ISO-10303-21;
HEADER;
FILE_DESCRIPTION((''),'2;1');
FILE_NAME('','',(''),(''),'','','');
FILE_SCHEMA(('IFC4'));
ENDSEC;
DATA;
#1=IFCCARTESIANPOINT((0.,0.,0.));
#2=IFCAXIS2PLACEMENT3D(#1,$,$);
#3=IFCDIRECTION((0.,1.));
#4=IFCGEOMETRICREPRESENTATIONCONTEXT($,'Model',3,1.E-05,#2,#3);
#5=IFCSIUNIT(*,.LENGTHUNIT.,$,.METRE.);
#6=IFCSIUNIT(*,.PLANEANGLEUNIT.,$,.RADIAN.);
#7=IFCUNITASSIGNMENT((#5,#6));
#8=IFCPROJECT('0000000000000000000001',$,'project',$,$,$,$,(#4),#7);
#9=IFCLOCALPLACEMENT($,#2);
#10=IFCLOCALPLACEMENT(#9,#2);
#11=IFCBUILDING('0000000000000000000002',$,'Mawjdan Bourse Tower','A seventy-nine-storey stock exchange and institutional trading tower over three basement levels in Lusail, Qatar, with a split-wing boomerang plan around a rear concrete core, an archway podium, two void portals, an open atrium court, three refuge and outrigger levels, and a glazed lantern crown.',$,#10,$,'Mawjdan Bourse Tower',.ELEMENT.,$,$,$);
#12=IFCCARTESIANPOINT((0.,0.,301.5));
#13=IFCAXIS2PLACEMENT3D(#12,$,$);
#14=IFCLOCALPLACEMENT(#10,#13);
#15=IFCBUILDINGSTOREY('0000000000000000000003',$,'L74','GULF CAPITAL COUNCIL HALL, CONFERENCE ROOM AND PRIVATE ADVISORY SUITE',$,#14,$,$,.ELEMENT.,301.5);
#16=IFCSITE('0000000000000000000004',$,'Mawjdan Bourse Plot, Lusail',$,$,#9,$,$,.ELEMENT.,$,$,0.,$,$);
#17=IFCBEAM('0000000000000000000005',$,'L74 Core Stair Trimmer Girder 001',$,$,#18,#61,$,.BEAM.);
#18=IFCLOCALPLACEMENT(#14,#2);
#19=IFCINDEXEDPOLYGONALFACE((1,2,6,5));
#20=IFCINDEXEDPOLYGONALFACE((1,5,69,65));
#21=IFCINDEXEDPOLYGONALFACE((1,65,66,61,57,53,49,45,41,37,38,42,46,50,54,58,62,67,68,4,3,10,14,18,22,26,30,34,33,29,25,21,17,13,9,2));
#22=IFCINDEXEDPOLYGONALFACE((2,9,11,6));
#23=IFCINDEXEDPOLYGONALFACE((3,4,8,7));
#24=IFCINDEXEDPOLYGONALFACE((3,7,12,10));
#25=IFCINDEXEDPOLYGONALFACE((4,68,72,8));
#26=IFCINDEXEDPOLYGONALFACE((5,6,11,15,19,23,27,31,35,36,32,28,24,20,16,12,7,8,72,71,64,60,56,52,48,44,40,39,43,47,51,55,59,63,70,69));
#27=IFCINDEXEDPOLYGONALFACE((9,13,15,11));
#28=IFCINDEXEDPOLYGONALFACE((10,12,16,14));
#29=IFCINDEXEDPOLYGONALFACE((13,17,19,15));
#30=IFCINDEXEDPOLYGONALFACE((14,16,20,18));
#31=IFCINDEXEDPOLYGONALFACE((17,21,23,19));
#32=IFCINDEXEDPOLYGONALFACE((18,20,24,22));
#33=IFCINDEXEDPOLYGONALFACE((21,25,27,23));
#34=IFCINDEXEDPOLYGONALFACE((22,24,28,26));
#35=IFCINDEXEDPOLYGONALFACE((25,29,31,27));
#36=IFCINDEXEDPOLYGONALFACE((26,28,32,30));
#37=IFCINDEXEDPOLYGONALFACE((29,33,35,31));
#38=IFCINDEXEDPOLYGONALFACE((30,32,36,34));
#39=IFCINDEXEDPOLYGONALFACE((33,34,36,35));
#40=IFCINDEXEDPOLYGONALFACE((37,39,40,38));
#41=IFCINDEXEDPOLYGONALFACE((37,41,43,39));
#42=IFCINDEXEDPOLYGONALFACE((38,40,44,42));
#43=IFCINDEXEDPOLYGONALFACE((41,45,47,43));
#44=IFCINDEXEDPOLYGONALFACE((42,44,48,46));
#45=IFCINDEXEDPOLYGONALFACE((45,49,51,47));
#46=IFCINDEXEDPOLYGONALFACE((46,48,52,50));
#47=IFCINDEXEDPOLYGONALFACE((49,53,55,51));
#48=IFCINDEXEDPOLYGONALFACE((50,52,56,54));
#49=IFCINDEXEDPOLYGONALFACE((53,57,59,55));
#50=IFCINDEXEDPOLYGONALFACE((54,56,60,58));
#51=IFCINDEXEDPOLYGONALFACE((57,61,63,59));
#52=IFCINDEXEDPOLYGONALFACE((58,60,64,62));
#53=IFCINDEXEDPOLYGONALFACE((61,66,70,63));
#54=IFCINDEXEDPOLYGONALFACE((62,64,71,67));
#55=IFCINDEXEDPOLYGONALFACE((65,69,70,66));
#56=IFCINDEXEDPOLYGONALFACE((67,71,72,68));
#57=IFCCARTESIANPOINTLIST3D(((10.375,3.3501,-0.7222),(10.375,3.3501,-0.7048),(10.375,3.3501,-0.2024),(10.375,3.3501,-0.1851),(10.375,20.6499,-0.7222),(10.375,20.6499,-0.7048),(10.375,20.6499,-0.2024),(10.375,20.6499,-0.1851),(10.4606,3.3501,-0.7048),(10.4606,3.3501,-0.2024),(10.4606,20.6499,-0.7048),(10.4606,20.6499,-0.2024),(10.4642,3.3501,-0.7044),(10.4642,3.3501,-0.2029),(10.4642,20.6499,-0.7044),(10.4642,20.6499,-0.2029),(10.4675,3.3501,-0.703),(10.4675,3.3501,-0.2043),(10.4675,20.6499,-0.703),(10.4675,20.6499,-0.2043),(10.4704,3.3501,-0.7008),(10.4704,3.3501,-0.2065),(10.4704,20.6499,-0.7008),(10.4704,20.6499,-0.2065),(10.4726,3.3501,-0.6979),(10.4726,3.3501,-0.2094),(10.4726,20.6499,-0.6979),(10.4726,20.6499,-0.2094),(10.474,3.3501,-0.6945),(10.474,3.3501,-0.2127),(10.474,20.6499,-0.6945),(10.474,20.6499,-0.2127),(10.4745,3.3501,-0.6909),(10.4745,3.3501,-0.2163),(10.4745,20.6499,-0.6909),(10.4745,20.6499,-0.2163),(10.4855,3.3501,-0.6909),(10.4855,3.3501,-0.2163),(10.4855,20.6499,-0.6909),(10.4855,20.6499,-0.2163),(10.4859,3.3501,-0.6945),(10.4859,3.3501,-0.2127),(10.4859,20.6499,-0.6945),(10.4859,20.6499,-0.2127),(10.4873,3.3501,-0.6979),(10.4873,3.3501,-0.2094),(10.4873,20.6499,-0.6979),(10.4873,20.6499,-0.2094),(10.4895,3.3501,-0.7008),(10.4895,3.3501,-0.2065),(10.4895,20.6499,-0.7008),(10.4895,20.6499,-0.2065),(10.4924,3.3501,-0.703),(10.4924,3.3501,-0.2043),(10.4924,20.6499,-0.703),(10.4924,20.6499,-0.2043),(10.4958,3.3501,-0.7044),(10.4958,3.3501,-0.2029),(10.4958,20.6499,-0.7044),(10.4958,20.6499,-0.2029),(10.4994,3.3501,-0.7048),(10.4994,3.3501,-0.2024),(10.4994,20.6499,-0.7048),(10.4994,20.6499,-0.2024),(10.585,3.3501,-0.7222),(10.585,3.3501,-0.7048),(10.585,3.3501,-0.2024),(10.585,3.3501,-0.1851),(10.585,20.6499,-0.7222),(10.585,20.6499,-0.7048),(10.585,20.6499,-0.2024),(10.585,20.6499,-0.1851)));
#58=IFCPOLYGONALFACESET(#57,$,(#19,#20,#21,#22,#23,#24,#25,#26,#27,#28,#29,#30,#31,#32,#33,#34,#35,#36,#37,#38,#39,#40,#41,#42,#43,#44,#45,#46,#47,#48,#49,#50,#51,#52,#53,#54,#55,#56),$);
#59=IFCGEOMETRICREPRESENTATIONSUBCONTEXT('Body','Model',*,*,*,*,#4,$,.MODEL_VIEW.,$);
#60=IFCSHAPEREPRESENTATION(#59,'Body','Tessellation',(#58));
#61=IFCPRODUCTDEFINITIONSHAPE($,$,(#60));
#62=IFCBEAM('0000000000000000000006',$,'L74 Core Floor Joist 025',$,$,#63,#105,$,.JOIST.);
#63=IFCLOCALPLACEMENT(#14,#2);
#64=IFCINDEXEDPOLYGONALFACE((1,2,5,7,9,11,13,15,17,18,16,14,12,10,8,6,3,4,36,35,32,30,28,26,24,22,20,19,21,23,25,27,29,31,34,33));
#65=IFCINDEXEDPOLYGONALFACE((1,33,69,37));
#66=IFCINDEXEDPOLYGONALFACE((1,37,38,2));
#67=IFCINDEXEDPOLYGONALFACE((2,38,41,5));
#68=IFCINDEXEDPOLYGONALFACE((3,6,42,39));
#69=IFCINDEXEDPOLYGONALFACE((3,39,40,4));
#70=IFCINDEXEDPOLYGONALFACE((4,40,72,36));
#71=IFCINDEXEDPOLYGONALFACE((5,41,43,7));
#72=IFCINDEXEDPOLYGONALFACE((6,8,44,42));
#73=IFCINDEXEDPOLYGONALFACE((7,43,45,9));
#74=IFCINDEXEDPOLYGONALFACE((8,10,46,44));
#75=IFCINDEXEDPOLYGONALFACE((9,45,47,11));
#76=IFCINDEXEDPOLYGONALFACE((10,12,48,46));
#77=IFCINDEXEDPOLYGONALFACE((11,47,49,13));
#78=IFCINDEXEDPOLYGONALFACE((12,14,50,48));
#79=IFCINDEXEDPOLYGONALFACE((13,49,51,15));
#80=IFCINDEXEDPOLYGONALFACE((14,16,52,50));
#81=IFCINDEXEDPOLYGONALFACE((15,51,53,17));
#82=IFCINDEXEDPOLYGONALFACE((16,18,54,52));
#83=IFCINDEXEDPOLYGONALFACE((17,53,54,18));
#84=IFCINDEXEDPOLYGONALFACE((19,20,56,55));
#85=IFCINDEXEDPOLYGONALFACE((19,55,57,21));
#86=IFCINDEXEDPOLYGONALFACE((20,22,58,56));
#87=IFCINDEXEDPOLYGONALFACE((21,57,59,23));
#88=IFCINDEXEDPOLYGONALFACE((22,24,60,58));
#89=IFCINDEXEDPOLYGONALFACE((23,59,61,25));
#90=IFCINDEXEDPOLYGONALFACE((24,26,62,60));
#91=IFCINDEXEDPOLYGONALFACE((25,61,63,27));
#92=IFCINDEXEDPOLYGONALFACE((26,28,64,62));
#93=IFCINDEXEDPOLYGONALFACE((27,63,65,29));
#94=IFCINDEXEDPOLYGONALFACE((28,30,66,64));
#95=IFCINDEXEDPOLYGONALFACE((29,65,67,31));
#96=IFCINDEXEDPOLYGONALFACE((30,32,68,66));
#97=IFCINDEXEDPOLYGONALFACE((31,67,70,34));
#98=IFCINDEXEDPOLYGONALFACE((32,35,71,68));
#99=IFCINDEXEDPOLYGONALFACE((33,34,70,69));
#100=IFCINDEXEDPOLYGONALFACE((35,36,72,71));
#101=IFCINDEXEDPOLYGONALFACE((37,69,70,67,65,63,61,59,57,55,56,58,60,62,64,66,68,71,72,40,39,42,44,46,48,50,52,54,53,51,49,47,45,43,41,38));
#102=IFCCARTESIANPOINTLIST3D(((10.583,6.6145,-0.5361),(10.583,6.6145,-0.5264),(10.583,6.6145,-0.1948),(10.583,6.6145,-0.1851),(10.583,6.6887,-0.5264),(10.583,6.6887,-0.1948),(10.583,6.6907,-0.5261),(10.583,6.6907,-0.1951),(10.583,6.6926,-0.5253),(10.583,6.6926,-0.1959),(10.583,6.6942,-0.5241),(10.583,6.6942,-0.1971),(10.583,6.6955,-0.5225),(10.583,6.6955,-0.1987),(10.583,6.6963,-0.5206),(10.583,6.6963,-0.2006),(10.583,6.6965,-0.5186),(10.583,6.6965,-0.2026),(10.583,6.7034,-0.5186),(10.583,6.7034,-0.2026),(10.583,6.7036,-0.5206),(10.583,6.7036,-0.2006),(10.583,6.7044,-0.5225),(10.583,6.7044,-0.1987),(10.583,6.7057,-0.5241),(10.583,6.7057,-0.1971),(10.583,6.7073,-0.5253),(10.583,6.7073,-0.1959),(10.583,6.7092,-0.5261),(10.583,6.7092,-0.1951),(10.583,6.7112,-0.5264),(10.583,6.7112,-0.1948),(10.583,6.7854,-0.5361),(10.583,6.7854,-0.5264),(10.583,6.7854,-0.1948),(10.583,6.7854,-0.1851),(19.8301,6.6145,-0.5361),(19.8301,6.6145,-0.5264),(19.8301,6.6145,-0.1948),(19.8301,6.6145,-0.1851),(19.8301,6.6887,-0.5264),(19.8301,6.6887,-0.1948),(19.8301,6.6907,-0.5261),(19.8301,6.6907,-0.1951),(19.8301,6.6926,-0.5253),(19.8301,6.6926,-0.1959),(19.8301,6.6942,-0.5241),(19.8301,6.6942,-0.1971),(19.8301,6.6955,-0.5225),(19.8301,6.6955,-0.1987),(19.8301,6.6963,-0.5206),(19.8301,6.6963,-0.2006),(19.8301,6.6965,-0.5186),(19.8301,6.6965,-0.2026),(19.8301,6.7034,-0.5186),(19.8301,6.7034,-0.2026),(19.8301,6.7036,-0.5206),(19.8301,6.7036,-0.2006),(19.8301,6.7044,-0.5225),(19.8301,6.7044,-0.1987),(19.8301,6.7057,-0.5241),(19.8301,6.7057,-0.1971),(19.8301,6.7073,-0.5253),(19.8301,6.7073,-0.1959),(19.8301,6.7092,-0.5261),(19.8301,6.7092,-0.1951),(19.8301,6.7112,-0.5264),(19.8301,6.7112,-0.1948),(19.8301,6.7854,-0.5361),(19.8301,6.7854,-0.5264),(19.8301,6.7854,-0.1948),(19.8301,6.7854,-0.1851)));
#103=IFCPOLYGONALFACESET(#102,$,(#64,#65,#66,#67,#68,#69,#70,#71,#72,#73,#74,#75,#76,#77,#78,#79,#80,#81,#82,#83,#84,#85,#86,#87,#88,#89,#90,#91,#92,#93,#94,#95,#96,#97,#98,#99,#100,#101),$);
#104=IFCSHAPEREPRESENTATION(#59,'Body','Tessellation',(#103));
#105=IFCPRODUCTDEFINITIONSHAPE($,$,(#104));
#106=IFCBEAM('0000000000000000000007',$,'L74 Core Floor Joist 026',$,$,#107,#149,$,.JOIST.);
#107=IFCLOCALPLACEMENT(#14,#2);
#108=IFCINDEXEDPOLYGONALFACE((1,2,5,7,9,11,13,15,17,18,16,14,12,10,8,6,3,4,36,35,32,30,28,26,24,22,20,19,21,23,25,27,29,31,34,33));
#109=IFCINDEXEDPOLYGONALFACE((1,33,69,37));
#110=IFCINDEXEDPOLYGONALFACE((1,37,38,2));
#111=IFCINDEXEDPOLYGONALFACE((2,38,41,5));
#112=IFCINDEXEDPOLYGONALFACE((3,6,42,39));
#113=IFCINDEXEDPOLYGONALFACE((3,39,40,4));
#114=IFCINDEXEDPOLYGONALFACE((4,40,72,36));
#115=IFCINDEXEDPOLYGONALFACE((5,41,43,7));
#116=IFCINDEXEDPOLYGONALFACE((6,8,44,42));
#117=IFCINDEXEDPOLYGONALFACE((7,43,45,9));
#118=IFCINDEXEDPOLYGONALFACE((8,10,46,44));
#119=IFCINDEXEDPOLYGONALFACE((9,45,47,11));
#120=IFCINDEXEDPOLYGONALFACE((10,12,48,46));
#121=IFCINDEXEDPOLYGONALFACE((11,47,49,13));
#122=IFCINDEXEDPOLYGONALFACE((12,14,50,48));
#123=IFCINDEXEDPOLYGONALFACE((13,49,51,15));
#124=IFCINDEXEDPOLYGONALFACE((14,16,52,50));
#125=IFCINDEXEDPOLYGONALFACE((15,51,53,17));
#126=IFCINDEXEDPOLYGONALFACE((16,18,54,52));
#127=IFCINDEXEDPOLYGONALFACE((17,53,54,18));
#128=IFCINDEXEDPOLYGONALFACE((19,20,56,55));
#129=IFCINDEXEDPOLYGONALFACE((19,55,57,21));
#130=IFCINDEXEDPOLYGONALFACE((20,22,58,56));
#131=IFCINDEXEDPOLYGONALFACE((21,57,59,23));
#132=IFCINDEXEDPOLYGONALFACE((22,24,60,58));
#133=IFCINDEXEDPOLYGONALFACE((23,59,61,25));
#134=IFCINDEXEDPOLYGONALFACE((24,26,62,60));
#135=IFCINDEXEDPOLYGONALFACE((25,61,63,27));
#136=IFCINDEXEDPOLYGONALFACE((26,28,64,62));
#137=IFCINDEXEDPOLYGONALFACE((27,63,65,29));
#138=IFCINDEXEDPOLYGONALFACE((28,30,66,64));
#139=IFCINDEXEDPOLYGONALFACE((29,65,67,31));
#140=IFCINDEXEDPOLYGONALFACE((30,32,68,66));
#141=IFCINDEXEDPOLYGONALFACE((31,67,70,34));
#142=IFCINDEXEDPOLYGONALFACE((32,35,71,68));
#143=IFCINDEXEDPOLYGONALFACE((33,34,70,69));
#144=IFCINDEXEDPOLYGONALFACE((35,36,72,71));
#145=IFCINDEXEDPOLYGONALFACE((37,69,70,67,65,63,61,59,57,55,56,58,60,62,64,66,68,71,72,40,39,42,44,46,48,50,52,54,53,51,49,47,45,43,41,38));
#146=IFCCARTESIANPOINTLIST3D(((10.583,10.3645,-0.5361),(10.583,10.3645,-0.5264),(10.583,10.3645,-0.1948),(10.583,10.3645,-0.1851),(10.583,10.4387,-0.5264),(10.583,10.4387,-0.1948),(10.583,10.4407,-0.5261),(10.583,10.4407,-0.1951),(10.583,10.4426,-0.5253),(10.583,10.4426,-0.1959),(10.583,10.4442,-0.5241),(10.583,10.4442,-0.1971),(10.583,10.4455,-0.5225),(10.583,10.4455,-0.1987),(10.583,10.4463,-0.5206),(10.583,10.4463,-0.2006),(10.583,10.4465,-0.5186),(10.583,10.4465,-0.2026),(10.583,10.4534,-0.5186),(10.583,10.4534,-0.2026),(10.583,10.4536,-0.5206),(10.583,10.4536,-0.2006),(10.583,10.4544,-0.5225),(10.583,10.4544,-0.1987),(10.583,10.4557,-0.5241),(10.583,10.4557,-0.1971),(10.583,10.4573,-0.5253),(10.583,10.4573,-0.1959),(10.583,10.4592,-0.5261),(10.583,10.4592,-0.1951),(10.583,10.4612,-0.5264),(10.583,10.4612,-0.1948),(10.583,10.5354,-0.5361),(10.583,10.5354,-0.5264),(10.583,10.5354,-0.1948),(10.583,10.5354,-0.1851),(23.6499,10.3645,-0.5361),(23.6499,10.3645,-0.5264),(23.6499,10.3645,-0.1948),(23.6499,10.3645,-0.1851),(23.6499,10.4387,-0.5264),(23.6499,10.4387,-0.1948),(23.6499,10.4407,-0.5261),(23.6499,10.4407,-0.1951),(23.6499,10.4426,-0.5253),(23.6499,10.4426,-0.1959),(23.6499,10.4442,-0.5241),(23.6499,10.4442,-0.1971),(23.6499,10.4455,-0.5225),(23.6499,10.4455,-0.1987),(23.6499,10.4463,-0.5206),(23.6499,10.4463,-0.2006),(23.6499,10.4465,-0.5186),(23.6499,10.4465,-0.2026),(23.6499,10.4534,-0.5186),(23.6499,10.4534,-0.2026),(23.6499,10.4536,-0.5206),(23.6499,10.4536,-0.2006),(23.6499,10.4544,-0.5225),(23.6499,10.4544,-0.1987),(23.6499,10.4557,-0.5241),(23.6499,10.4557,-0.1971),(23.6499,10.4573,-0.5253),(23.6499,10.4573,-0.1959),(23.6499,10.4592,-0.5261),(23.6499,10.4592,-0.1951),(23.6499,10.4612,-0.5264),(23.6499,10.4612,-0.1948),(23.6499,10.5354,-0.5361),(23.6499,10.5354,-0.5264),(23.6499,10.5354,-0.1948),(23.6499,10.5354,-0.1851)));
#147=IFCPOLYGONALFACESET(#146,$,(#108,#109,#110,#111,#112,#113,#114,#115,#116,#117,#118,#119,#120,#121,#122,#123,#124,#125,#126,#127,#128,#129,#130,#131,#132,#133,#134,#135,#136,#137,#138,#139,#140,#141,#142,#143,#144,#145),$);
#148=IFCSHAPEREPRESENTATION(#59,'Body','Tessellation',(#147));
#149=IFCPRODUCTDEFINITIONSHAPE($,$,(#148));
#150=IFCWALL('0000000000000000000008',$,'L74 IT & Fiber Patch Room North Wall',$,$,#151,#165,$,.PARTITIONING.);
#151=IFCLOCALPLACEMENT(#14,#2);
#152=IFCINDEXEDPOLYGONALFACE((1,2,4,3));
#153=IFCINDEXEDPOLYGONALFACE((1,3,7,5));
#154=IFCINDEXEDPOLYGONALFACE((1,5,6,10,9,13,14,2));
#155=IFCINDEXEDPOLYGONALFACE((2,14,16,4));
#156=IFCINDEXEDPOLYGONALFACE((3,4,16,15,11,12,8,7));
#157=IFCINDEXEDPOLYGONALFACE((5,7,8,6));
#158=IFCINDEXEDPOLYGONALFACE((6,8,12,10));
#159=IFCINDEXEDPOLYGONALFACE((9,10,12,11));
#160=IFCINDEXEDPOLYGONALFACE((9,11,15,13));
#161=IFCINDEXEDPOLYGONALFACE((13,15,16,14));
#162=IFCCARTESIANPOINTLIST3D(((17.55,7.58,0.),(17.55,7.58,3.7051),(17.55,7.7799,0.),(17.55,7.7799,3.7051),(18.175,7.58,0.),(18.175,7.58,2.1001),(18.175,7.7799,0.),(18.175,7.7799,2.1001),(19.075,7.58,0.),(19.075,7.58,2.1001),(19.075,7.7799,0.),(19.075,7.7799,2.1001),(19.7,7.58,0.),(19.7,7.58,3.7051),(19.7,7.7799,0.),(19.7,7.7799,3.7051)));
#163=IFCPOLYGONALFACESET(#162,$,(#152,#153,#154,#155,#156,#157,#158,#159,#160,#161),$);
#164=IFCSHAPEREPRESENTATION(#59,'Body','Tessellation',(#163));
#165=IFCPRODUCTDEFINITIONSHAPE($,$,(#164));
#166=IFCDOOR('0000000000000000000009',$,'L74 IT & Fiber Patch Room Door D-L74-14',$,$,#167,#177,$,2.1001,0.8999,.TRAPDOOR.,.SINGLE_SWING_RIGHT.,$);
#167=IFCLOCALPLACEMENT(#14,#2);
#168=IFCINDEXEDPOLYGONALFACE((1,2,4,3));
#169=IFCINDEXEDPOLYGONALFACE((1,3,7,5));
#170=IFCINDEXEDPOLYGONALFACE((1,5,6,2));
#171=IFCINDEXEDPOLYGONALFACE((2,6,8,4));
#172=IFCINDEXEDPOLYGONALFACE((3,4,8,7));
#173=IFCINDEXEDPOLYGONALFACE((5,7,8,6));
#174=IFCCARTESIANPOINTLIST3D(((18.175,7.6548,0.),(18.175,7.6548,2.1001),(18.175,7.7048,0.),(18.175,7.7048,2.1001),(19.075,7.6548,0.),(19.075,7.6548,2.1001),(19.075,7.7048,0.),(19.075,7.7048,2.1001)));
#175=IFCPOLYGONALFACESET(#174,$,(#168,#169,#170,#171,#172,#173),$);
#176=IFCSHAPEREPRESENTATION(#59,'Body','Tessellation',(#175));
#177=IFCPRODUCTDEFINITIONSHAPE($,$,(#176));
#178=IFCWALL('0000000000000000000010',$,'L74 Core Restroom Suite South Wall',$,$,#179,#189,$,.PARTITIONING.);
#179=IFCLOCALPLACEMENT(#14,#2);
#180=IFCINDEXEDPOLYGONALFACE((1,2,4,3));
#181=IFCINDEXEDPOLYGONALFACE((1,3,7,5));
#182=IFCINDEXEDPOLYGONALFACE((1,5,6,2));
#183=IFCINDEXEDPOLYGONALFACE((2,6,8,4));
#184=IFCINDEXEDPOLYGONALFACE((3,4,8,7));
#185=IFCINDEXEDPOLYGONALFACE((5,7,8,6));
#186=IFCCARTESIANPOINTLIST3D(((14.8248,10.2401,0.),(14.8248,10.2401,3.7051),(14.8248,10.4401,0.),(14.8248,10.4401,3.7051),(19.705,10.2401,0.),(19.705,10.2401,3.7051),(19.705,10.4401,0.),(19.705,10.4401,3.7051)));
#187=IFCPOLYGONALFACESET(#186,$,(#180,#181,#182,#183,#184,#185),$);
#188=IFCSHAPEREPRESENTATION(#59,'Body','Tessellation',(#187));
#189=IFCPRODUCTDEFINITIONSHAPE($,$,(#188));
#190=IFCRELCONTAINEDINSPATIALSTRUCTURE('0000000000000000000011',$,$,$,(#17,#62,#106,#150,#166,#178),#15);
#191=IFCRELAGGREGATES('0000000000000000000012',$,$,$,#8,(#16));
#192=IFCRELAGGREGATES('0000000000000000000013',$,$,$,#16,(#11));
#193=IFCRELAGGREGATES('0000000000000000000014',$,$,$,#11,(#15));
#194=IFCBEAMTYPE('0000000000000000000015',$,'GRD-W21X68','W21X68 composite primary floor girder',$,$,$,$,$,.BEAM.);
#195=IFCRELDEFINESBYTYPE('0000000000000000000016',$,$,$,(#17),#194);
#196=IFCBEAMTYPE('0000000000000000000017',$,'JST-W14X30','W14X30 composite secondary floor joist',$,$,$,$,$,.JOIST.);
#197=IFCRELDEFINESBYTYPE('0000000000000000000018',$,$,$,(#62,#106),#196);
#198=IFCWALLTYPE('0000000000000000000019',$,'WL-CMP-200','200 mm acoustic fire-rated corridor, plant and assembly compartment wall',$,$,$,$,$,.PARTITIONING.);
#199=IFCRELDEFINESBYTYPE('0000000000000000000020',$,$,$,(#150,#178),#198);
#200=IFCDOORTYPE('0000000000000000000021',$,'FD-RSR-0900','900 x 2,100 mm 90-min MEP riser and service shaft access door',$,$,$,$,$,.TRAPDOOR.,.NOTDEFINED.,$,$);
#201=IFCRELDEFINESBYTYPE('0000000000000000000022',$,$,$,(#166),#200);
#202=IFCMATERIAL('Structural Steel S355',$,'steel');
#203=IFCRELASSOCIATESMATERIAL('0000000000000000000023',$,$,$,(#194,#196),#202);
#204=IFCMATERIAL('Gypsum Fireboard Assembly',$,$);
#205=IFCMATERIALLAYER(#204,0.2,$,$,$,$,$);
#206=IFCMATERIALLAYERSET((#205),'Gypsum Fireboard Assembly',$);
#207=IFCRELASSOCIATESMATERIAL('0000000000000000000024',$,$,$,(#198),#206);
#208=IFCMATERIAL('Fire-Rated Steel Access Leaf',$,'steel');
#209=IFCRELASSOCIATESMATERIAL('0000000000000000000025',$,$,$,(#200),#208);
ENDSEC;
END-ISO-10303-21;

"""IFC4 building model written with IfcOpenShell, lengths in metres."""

from ifc_helpers import new_model, si_unit, direction, frame, frame_2d, origin, origin_2d, place, context, subcontext, project, spatial, rectangle, i_section, extrude, material, layer, layer_set, material_profile, profile_set, type_object, element, fill, save


model = new_model("IFC4")

# Units and contexts
model_context = context("Model", 3, precision=1e-05, world=origin(), true_north=direction((0.0, 1.0)))
body_context = subcontext(model_context, "Body", "Model", "MODEL_VIEW")
ifc_project = project(units=[si_unit("LENGTHUNIT", "METRE"), si_unit("PLANEANGLEUNIT", "RADIAN")], contexts=[model_context])

# Site, building, storey
site_placement = place(None, origin())
site = spatial("IfcSite", under=ifc_project, at=site_placement, Name="Mawjdan Bourse Plot, Lusail", CompositionType="ELEMENT", RefElevation=0.0)
building_placement = place(site_placement, origin())
building = spatial("IfcBuilding", under=site, at=building_placement, Name="Mawjdan Bourse Tower", Description="A seventy-nine-storey stock exchange and institutional trading tower over three basement levels in Lusail, Qatar, with a split-wing boomerang plan around a rear concrete core, an archway podium, two void portals, an open atrium court, three refuge and outrigger levels, and a glazed lantern crown.", LongName="Mawjdan Bourse Tower", CompositionType="ELEMENT")
storey_placement = place(building_placement, frame((0.0, 0.0, 301.5)))
storey = spatial("IfcBuildingStorey", under=building, at=storey_placement, Name="L74", Description="GULF CAPITAL COUNCIL HALL, CONFERENCE ROOM AND PRIVATE ADVISORY SUITE", CompositionType="ELEMENT", Elevation=301.5)

# Beams
ifc_material_1 = material(Name="Structural Steel S355", Category="steel")
ifc_material_profile_1 = material_profile(ifc_material_1, i_section(OverallWidth=0.21, OverallDepth=0.5371, WebThickness=0.011, FlangeThickness=0.0173, FilletRadius=0.0139, at=origin_2d()), Name="W21X68")
ifc_profile_set_1 = profile_set([ifc_material_profile_1], Name="Structural Steel S355")
beam_type_1 = type_object("IfcBeamType", Name="GRD-W21X68", Description="W21X68 composite primary floor girder", PredefinedType="BEAM", material=ifc_profile_set_1)
beam_1_placement = place(storey_placement, frame((10.48, 3.3501, -0.4536), z_axis=(0.0, 1.0, 0.0), x_axis=(-1.0, 0.0, 0.0)))
element("IfcBeam", 1, at=beam_1_placement, inside=storey, type_object=beam_type_1, Name="L74 Core Stair Trimmer Girder 001", PredefinedType="BEAM", context=body_context, shape_type="SweptSolid", body=[
    extrude(i_section(OverallWidth=0.21, OverallDepth=0.5371, WebThickness=0.011, FlangeThickness=0.0173, FilletRadius=0.0139, at=origin_2d()), origin(), (0.0, 0.0, 1.0), 17.2998),
])
ifc_material_profile_2 = material_profile(ifc_material_1, i_section(OverallWidth=0.1709, OverallDepth=0.3511, WebThickness=0.0068, FlangeThickness=0.0098, FilletRadius=0.0078, at=origin_2d()), Name="W14X30")
ifc_profile_set_2 = profile_set([ifc_material_profile_2], Name="Structural Steel S355")
beam_type_2 = type_object("IfcBeamType", Name="JST-W14X30", Description="W14X30 composite secondary floor joist", PredefinedType="JOIST", material=ifc_profile_set_2)
beam_2_placement = place(storey_placement, frame((10.583, 6.7, -0.3606), z_axis=(1.0, 0.0, 0.0), x_axis=(0.0, 1.0, 0.0)))
element("IfcBeam", 2, at=beam_2_placement, inside=storey, type_object=beam_type_2, Name="L74 Core Floor Joist 025", PredefinedType="JOIST", context=body_context, shape_type="SweptSolid", body=[
    extrude(i_section(OverallWidth=0.1709, OverallDepth=0.3511, WebThickness=0.0068, FlangeThickness=0.0098, FilletRadius=0.0078, at=origin_2d()), origin(), (0.0, 0.0, 1.0), 9.2471),
])
beam_3_placement = place(storey_placement, frame((10.583, 10.45, -0.3606), z_axis=(1.0, 0.0, 0.0), x_axis=(0.0, 1.0, 0.0)))
element("IfcBeam", 3, at=beam_3_placement, inside=storey, type_object=beam_type_2, Name="L74 Core Floor Joist 026", PredefinedType="JOIST", context=body_context, shape_type="SweptSolid", body=[
    extrude(i_section(OverallWidth=0.1709, OverallDepth=0.3511, WebThickness=0.0068, FlangeThickness=0.0098, FilletRadius=0.0078, at=origin_2d()), origin(), (0.0, 0.0, 1.0), 13.0669),
])

# Wall, opening, door
ifc_material_2 = material(Name="Gypsum Fireboard Assembly")
ifc_layer_1 = layer(ifc_material_2, 0.2)
ifc_layer_set_1 = layer_set([ifc_layer_1], Name="Gypsum Fireboard Assembly")
wall_type_1 = type_object("IfcWallType", Name="WL-CMP-200", Description="200 mm acoustic fire-rated corridor, plant and assembly compartment wall", PredefinedType="PARTITIONING", material=ifc_layer_set_1)
wall_1_placement = place(storey_placement, frame((17.55, 7.6799, 0.0), z_axis=(0.0, 0.0, 1.0), x_axis=(1.0, 0.0, 0.0)))
wall_1 = element("IfcWall", 4, at=wall_1_placement, inside=storey, type_object=wall_type_1, Name="L74 IT & Fiber Patch Room North Wall", PredefinedType="PARTITIONING", context=body_context, shape_type="SweptSolid", body=[
    extrude(rectangle(XDim=2.1499, YDim=0.2, at=frame_2d((1.075, 0.0))), origin(), (0.0, 0.0, 1.0), 3.7051),
])
opening_1_placement = place(wall_1_placement, frame((0.625, 0.0, 0.0)))
opening_1 = element("IfcOpeningElement", 5, at=opening_1_placement, cuts=wall_1, PredefinedType="OPENING", context=body_context, shape_type="SweptSolid", body=[
    extrude(rectangle(XDim=0.8999, YDim=2.1001, at=frame_2d((0.45, 1.05))), frame((0.0, 0.1099, 0.0), z_axis=(0.0, -1.0, 0.0), x_axis=(1.0, 0.0, 0.0)), (0.0, 0.0, 1.0), 0.22),
])
ifc_material_3 = material(Name="Fire-Rated Steel Access Leaf", Category="steel")
door_type_1 = type_object("IfcDoorType", Name="FD-RSR-0900", Description="900 x 2,100 mm 90-min MEP riser and service shaft access door", OperationType="NOTDEFINED", PredefinedType="TRAPDOOR", material=ifc_material_3)
door_1_placement = place(opening_1_placement, origin())
door_1 = element("IfcDoor", 6, at=door_1_placement, inside=storey, type_object=door_type_1, Name="L74 IT & Fiber Patch Room Door D-L74-14", OperationType="SINGLE_SWING_RIGHT", OverallHeight=2.1001, OverallWidth=0.8999, PredefinedType="TRAPDOOR", context=body_context, shape_type="SweptSolid", body=[
    extrude(rectangle(XDim=0.8999, YDim=2.1001, at=frame_2d((0.45, 1.05))), frame((0.0, 0.0249, 0.0), z_axis=(0.0, -1.0, 0.0), x_axis=(1.0, 0.0, 0.0)), (0.0, 0.0, 1.0), 0.05),
])
fill(opening_1, door_1)

# Wall
wall_2_placement = place(storey_placement, frame((14.825, 10.3401, 0.0), z_axis=(0.0, 0.0, 1.0), x_axis=(1.0, 0.0, 0.0)))
element("IfcWall", 7, at=wall_2_placement, inside=storey, type_object=wall_type_1, Name="L74 Core Restroom Suite South Wall", PredefinedType="PARTITIONING", context=body_context, shape_type="SweptSolid", body=[
    extrude(rectangle(XDim=4.8801, YDim=0.2, at=frame_2d((2.4399, 0.0))), origin(), (0.0, 0.0, 1.0), 3.7051),
])

save(model, "model.ifc")
